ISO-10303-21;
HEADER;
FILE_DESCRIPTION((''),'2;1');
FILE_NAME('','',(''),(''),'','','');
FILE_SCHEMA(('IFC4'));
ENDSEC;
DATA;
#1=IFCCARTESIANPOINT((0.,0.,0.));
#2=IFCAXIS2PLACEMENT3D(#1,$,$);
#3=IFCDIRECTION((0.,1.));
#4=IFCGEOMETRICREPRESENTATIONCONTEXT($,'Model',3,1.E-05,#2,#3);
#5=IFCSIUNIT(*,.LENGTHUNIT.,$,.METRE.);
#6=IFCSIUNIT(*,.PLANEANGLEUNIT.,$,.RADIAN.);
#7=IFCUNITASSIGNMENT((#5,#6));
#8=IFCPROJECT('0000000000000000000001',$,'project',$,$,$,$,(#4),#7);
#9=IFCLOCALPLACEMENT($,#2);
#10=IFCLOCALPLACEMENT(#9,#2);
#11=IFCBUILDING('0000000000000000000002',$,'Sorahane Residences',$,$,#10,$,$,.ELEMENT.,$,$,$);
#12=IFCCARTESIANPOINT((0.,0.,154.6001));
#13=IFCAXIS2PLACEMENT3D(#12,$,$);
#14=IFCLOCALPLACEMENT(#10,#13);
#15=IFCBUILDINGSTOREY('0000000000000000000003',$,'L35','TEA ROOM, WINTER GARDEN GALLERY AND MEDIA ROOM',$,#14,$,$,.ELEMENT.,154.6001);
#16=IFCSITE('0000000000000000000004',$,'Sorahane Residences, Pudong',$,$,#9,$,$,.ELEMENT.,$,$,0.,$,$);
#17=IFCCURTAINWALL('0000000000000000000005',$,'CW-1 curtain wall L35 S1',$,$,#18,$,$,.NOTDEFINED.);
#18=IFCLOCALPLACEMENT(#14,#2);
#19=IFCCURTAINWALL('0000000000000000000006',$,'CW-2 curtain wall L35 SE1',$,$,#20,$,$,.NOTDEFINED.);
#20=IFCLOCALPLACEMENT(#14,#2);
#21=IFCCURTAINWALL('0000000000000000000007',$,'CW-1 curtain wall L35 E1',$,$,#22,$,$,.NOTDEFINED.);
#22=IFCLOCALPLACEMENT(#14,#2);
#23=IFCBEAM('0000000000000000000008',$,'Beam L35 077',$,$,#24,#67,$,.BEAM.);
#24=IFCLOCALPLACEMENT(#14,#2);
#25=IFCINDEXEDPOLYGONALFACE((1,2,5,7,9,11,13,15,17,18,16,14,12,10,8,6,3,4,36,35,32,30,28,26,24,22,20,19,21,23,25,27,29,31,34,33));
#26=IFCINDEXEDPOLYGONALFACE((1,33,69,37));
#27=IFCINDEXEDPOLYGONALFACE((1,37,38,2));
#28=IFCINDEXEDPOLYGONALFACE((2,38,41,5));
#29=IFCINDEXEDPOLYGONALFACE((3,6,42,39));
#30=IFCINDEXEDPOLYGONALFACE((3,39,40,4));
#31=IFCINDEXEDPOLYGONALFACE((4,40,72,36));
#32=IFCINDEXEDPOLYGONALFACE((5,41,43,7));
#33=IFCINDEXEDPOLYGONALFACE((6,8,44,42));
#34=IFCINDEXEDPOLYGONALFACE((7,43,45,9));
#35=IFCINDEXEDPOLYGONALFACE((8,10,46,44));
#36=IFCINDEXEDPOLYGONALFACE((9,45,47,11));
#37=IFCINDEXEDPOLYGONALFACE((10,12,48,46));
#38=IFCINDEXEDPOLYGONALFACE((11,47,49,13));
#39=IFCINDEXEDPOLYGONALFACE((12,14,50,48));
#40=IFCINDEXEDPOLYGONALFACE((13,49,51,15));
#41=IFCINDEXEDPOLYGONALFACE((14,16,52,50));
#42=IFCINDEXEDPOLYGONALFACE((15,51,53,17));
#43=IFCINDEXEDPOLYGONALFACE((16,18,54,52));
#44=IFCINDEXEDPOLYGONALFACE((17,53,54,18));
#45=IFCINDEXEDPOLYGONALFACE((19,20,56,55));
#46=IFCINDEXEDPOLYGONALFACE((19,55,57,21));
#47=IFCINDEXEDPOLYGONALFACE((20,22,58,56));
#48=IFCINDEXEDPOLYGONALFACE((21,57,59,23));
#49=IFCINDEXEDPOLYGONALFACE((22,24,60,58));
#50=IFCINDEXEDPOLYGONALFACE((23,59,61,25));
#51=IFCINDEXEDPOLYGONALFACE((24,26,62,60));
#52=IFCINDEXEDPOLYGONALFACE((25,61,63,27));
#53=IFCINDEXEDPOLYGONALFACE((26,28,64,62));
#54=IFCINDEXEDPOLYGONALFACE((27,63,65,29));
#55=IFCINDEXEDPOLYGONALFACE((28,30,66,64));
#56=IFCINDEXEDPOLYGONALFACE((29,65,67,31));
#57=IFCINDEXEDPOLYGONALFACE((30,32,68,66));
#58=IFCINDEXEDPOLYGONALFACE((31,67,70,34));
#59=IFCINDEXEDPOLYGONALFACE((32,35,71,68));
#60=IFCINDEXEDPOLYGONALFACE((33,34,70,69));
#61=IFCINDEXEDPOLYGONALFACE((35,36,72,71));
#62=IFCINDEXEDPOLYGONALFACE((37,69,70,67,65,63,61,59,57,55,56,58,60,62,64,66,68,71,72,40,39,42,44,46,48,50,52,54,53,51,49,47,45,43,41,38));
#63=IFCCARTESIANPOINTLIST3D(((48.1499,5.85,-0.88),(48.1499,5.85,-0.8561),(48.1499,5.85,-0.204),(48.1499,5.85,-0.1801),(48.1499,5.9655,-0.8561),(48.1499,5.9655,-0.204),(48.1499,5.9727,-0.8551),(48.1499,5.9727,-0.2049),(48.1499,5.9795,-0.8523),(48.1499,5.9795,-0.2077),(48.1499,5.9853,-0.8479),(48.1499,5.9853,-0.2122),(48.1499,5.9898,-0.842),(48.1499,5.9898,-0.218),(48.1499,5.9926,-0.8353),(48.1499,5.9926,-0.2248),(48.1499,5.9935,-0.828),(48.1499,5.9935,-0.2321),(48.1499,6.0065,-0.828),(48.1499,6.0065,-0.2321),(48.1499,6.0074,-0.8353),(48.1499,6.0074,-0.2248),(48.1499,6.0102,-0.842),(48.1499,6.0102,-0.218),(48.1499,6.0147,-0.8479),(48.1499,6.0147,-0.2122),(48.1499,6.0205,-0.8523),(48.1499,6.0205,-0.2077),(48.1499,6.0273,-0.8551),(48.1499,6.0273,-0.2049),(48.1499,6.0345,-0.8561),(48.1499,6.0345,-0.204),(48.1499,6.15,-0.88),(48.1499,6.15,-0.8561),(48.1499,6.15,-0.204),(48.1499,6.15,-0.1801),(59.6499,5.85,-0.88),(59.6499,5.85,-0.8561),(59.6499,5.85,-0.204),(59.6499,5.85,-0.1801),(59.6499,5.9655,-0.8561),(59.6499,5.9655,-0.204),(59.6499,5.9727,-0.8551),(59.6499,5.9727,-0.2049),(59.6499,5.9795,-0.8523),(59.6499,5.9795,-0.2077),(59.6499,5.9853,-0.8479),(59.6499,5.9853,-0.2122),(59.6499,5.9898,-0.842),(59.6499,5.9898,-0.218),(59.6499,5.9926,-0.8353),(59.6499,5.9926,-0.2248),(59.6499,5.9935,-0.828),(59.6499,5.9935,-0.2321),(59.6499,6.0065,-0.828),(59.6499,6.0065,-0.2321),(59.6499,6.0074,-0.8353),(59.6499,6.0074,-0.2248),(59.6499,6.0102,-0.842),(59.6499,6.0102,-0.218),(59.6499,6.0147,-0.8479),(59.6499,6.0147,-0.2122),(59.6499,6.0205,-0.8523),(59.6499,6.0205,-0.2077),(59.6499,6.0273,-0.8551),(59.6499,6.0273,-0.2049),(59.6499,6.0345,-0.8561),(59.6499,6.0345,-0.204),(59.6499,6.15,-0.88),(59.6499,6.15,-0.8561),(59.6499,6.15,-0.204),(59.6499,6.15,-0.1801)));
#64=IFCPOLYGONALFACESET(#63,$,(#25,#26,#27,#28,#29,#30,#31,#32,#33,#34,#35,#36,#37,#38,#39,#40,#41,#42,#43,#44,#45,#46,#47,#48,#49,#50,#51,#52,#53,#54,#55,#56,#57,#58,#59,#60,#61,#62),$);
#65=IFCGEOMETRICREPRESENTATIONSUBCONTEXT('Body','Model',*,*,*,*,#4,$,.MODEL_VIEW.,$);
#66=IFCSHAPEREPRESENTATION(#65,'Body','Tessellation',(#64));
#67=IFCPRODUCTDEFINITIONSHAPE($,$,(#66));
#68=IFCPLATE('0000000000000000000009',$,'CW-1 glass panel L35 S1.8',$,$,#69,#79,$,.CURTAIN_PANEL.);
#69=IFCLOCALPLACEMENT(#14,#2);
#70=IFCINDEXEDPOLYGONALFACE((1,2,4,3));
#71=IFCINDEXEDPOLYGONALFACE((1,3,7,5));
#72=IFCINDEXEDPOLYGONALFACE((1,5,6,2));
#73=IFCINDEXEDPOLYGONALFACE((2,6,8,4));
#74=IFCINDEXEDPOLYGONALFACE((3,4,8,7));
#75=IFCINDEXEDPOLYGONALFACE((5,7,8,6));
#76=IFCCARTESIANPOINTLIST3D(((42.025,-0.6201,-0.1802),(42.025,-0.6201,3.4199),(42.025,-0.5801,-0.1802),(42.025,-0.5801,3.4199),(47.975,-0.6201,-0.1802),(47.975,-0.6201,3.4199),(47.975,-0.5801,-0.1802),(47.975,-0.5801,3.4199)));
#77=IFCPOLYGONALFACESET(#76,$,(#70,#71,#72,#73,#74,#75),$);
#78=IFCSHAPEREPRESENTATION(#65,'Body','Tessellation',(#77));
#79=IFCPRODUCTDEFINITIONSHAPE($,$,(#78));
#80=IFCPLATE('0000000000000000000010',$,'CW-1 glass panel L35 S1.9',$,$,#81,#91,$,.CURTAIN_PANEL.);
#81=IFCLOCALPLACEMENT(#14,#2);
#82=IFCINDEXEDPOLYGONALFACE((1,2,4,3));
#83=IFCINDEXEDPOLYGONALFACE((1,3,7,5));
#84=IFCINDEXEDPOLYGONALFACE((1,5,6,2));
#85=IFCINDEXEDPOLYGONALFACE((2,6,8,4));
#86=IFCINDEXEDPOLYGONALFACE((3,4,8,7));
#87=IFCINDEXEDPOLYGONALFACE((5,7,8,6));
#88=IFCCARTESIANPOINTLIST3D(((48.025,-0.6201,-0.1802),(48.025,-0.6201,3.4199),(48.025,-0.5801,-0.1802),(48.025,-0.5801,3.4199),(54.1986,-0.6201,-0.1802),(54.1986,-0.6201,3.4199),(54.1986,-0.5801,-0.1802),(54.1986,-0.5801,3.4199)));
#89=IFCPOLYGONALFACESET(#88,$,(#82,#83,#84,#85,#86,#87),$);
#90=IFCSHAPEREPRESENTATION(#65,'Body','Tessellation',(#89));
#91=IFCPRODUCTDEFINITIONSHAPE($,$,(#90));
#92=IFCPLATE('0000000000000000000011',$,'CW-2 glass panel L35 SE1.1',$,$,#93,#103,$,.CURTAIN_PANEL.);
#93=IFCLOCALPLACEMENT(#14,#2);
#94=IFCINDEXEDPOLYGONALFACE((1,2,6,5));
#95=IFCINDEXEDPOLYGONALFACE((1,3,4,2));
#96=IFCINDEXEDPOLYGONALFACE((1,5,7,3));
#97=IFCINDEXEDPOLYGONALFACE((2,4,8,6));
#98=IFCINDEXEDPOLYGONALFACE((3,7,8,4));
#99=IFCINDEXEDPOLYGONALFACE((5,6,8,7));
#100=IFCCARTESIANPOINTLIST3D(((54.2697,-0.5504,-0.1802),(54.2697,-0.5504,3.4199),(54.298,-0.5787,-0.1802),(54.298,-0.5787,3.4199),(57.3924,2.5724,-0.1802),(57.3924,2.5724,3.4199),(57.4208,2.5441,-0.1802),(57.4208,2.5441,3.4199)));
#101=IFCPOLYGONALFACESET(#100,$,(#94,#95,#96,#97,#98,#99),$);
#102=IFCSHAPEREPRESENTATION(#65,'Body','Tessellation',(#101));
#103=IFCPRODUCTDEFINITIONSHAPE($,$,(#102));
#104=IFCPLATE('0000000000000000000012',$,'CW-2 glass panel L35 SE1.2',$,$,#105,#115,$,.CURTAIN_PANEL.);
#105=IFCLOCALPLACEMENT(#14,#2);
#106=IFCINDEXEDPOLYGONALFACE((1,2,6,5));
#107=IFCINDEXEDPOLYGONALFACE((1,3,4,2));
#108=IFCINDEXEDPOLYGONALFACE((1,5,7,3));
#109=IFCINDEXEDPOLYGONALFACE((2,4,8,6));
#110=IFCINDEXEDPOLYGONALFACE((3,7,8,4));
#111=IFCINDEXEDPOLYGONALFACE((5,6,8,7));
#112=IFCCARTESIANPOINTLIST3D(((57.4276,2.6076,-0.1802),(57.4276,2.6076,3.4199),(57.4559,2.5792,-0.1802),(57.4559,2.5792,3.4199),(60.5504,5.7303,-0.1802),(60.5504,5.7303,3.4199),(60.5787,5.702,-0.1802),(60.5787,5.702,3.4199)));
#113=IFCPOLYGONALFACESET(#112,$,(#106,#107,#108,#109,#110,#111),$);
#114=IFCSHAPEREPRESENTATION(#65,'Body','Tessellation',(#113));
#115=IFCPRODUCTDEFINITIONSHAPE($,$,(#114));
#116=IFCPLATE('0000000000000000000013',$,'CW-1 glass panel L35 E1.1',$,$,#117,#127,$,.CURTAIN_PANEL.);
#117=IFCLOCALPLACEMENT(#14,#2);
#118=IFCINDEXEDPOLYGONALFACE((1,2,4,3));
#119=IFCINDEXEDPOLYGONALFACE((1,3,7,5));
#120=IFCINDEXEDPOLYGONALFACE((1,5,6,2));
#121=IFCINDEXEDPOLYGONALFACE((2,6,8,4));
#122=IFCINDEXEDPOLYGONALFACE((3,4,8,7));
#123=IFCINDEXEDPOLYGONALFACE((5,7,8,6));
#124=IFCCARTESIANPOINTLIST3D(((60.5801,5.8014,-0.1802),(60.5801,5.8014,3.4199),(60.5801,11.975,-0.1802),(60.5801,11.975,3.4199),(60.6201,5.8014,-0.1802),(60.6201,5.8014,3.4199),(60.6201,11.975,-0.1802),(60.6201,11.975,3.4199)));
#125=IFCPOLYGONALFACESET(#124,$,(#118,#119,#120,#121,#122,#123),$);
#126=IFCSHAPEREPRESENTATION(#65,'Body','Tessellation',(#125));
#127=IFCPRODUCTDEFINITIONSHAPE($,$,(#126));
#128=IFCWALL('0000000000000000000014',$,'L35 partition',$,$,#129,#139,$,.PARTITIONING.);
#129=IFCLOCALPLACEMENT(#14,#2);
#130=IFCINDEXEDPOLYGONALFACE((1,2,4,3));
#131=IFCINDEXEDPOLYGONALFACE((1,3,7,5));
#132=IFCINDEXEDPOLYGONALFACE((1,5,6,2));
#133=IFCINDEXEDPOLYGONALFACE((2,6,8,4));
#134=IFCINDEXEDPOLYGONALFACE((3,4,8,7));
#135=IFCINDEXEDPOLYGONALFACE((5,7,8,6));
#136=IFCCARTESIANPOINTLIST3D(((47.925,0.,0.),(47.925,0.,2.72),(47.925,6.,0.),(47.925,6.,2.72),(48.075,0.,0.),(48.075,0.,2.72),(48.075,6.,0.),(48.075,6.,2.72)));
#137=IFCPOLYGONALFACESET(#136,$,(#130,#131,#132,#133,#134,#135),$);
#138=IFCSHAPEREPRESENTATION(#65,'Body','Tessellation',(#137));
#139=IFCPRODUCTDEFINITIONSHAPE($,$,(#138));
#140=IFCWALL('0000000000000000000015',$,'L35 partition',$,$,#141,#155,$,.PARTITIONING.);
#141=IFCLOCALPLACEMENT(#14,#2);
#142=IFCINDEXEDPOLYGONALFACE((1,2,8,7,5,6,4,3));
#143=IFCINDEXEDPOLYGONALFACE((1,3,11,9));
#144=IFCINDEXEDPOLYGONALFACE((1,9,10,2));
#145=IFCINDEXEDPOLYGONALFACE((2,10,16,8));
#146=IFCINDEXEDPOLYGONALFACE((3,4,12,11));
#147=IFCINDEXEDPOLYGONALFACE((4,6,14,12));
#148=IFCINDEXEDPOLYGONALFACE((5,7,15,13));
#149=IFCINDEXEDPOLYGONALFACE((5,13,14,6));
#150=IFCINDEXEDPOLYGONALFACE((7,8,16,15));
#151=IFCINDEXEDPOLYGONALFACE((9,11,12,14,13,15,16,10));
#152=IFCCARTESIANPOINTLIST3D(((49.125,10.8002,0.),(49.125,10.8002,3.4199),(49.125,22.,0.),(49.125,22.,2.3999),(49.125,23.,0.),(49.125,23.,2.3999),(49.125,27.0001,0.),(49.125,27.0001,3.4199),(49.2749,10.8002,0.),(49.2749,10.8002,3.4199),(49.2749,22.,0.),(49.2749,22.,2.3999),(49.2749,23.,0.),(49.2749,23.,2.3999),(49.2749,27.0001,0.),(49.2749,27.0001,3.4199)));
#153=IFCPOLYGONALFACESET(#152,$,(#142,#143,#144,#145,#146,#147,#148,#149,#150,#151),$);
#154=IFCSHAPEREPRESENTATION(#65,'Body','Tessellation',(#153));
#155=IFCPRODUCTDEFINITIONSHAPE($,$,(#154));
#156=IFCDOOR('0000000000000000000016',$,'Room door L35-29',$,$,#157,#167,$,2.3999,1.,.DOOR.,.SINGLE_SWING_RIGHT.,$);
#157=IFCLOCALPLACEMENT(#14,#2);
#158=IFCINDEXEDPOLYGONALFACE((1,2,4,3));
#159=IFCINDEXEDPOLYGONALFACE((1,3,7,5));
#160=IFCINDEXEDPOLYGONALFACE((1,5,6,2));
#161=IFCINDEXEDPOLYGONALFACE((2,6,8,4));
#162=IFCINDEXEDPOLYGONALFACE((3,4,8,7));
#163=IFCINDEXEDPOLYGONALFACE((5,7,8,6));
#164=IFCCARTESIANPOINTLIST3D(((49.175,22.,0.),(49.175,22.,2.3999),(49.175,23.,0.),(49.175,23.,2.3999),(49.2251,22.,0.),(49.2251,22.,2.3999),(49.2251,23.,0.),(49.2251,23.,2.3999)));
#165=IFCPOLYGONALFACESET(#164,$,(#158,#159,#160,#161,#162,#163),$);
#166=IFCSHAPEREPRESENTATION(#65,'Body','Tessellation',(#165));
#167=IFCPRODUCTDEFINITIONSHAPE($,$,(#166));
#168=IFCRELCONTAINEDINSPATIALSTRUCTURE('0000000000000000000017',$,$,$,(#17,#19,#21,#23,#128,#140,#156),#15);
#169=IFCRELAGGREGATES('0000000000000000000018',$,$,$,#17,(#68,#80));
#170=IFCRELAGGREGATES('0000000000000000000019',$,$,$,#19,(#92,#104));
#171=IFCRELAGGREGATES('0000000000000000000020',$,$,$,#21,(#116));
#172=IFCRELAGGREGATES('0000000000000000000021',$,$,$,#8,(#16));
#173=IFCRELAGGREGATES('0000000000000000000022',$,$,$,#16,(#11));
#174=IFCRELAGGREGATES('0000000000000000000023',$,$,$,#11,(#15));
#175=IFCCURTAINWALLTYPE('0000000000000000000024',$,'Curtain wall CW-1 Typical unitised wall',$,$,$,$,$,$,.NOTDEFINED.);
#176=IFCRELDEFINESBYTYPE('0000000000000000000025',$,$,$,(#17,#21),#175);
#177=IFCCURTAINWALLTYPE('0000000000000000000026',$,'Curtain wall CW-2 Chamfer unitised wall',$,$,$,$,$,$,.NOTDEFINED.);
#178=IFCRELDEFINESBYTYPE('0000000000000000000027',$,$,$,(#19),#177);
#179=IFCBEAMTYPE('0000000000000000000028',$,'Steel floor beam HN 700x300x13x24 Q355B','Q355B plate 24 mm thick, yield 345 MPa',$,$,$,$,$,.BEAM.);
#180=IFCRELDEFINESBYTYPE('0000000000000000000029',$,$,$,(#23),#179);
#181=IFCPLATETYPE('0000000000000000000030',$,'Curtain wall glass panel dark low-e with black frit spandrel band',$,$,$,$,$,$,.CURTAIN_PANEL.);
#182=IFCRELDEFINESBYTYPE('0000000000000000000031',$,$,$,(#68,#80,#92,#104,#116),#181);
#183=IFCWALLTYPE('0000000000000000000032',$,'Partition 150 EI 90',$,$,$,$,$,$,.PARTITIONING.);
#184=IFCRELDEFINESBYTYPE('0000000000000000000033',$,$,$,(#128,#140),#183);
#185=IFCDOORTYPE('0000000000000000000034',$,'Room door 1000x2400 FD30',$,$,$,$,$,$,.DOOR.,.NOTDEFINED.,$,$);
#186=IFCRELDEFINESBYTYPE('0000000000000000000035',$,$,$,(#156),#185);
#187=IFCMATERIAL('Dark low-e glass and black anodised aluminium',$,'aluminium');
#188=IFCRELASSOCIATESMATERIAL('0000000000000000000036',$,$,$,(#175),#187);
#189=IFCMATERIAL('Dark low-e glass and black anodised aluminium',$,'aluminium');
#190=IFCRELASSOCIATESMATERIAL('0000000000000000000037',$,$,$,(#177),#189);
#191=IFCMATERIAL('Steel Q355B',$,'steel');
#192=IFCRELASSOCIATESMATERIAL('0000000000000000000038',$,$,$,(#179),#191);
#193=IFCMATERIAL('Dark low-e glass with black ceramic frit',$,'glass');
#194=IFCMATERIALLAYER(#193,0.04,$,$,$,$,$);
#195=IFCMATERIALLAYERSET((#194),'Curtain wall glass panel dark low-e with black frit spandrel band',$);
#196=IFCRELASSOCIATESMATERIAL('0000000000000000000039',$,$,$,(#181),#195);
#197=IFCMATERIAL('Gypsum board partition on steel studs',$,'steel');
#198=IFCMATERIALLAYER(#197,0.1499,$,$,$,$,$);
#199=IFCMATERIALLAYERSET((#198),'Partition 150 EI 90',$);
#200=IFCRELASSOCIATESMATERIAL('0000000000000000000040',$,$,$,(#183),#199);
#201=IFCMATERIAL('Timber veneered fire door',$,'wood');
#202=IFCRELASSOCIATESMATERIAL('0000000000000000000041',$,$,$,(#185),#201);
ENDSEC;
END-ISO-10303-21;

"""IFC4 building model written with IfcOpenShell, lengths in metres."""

from ifc_helpers import new_model, si_unit, direction, frame, frame_2d, origin, origin_2d, place, context, subcontext, project, spatial, rectangle, i_section, extrude, material, layer, layer_set, material_profile, profile_set, type_object, element, fill, aggregate, save


model = new_model("IFC4")

# Units and contexts
model_context = context("Model", 3, precision=1e-05, world=origin(), true_north=direction((0.0, 1.0)))
body_context = subcontext(model_context, "Body", "Model", "MODEL_VIEW")
ifc_project = project(units=[si_unit("LENGTHUNIT", "METRE"), si_unit("PLANEANGLEUNIT", "RADIAN")], contexts=[model_context])

# Site, building, storey
site_placement = place(None, origin())
site = spatial("IfcSite", under=ifc_project, at=site_placement, Name="Sorahane Residences, Pudong", CompositionType="ELEMENT", RefElevation=0.0)
building_placement = place(site_placement, origin())
building = spatial("IfcBuilding", under=site, at=building_placement, Name="Sorahane Residences", CompositionType="ELEMENT")
storey_placement = place(building_placement, frame((0.0, 0.0, 154.6001)))
storey = spatial("IfcBuildingStorey", under=building, at=storey_placement, Name="L35", Description="TEA ROOM, WINTER GARDEN GALLERY AND MEDIA ROOM", CompositionType="ELEMENT", Elevation=154.6001)

# Curtain walls
ifc_material_1 = material(Name="Dark low-e glass and black anodised aluminium", Category="aluminium")
curtain_wall_type_1 = type_object("IfcCurtainWallType", Name="Curtain wall CW-1 Typical unitised wall", PredefinedType="NOTDEFINED", material=ifc_material_1)
curtain_wall_1_placement = place(storey_placement, origin())
curtain_wall_1 = element("IfcCurtainWall", 1, at=curtain_wall_1_placement, inside=storey, type_object=curtain_wall_type_1, Name="CW-1 curtain wall L35 S1", PredefinedType="NOTDEFINED")
ifc_material_2 = material(Name="Dark low-e glass and black anodised aluminium", Category="aluminium")
curtain_wall_type_2 = type_object("IfcCurtainWallType", Name="Curtain wall CW-2 Chamfer unitised wall", PredefinedType="NOTDEFINED", material=ifc_material_2)
curtain_wall_2_placement = place(storey_placement, origin())
curtain_wall_2 = element("IfcCurtainWall", 2, at=curtain_wall_2_placement, inside=storey, type_object=curtain_wall_type_2, Name="CW-2 curtain wall L35 SE1", PredefinedType="NOTDEFINED")

# Curtain wall
curtain_wall_3_placement = place(storey_placement, origin())
curtain_wall_3 = element("IfcCurtainWall", 3, at=curtain_wall_3_placement, inside=storey, type_object=curtain_wall_type_1, Name="CW-1 curtain wall L35 E1", PredefinedType="NOTDEFINED")

# Beam
ifc_material_3 = material(Name="Steel Q355B", Category="steel")
ifc_material_profile_1 = material_profile(ifc_material_3, i_section(OverallWidth=0.3, OverallDepth=0.7, WebThickness=0.0129, FlangeThickness=0.0239, FilletRadius=0.0281, at=origin_2d()), Name="HN 700x300x13x24")
ifc_profile_set_1 = profile_set([ifc_material_profile_1], Name="Steel Q355B")
beam_type_1 = type_object("IfcBeamType", Name="Steel floor beam HN 700x300x13x24 Q355B", Description="Q355B plate 24 mm thick, yield 345 MPa", PredefinedType="BEAM", material=ifc_profile_set_1)
beam_placement = place(storey_placement, frame((48.1499, 6.0, -0.53), z_axis=(1.0, 0.0, 0.0), x_axis=(0.0, 1.0, 0.0)))
element("IfcBeam", 4, at=beam_placement, inside=storey, type_object=beam_type_1, Name="Beam L35 077", PredefinedType="BEAM", context=body_context, shape_type="SweptSolid", body=[
    extrude(i_section(OverallWidth=0.3, OverallDepth=0.7, WebThickness=0.0129, FlangeThickness=0.0239, FilletRadius=0.0281, at=origin_2d()), origin(), (0.0, 0.0, 1.0), 11.5),
])

# Plates
ifc_material_4 = material(Name="Dark low-e glass with black ceramic frit", Category="glass")
ifc_layer_1 = layer(ifc_material_4, 0.04)
ifc_layer_set_1 = layer_set([ifc_layer_1], Name="Curtain wall glass panel dark low-e with black frit spandrel band")
plate_type = type_object("IfcPlateType", Name="Curtain wall glass panel dark low-e with black frit spandrel band", PredefinedType="CURTAIN_PANEL", material=ifc_layer_set_1)
plate_1_placement = place(storey_placement, frame((45.0, -0.6001, -0.1802), z_axis=(0.0, 0.0, 1.0), x_axis=(1.0, 0.0, 0.0)))
plate_1 = element("IfcPlate", 5, at=plate_1_placement, type_object=plate_type, Name="CW-1 glass panel L35 S1.8", PredefinedType="CURTAIN_PANEL", context=body_context, shape_type="SweptSolid", body=[
    extrude(rectangle(XDim=5.95, YDim=0.04, at=origin_2d()), origin(), (0.0, 0.0, 1.0), 3.6001),
])
plate_2_placement = place(storey_placement, frame((51.1118, -0.6001, -0.1802), z_axis=(0.0, 0.0, 1.0), x_axis=(1.0, 0.0, 0.0)))
plate_2 = element("IfcPlate", 6, at=plate_2_placement, type_object=plate_type, Name="CW-1 glass panel L35 S1.9", PredefinedType="CURTAIN_PANEL", context=body_context, shape_type="SweptSolid", body=[
    extrude(rectangle(XDim=6.1736, YDim=0.04, at=origin_2d()), origin(), (0.0, 0.0, 1.0), 3.6001),
])
aggregate(curtain_wall_1, [plate_1, plate_2])
plate_3_placement = place(storey_placement, frame((55.8452, 0.9968, -0.1802), z_axis=(0.0, 0.0, 1.0), x_axis=(0.707107, 0.707107, 0.0)))
plate_3 = element("IfcPlate", 7, at=plate_3_placement, type_object=plate_type, Name="CW-2 glass panel L35 SE1.1", PredefinedType="CURTAIN_PANEL", context=body_context, shape_type="SweptSolid", body=[
    extrude(rectangle(XDim=4.4163, YDim=0.04, at=origin_2d()), origin(), (0.0, 0.0, 1.0), 3.6001),
])
plate_4_placement = place(storey_placement, frame((59.0032, 4.1548, -0.1802), z_axis=(0.0, 0.0, 1.0), x_axis=(0.707107, 0.707107, 0.0)))
plate_4 = element("IfcPlate", 8, at=plate_4_placement, type_object=plate_type, Name="CW-2 glass panel L35 SE1.2", PredefinedType="CURTAIN_PANEL", context=body_context, shape_type="SweptSolid", body=[
    extrude(rectangle(XDim=4.4163, YDim=0.04, at=origin_2d()), origin(), (0.0, 0.0, 1.0), 3.6001),
])
aggregate(curtain_wall_2, [plate_3, plate_4])
plate_5_placement = place(storey_placement, frame((60.6001, 8.8882, -0.1802), z_axis=(0.0, 0.0, 1.0), x_axis=(0.0, 1.0, 0.0)))
plate_5 = element("IfcPlate", 9, at=plate_5_placement, type_object=plate_type, Name="CW-1 glass panel L35 E1.1", PredefinedType="CURTAIN_PANEL", context=body_context, shape_type="SweptSolid", body=[
    extrude(rectangle(XDim=6.1736, YDim=0.04, at=origin_2d()), origin(), (0.0, 0.0, 1.0), 3.6001),
])
aggregate(curtain_wall_3, [plate_5])

# Wall
ifc_material_5 = material(Name="Gypsum board partition on steel studs", Category="steel")
ifc_layer_2 = layer(ifc_material_5, 0.1499)
ifc_layer_set_2 = layer_set([ifc_layer_2], Name="Partition 150 EI 90")
wall_type_1 = type_object("IfcWallType", Name="Partition 150 EI 90", PredefinedType="PARTITIONING", material=ifc_layer_set_2)
wall_1_placement = place(storey_placement, frame((48.0, 0.0, 0.0), z_axis=(0.0, 0.0, 1.0), x_axis=(0.0, 1.0, 0.0)))
element("IfcWall", 10, at=wall_1_placement, inside=storey, type_object=wall_type_1, Name="L35 partition", PredefinedType="PARTITIONING", context=body_context, shape_type="SweptSolid", body=[
    extrude(rectangle(XDim=6.0, YDim=0.1499, at=frame_2d((3.0, 0.0))), origin(), (0.0, 0.0, 1.0), 2.72),
])

# Wall, opening, door
wall_2_placement = place(storey_placement, frame((49.2, 10.8, 0.0), z_axis=(0.0, 0.0, 1.0), x_axis=(0.0, 1.0, 0.0)))
wall_2 = element("IfcWall", 11, at=wall_2_placement, inside=storey, type_object=wall_type_1, Name="L35 partition", PredefinedType="PARTITIONING", context=body_context, shape_type="SweptSolid", body=[
    extrude(rectangle(XDim=16.2, YDim=0.1499, at=frame_2d((8.1001, 0.0))), origin(), (0.0, 0.0, 1.0), 3.4199),
])
opening_1_placement = place(wall_2_placement, frame((11.2, 0.0, 0.0)))
opening_1 = element("IfcOpeningElement", 12, at=opening_1_placement, cuts=wall_2, PredefinedType="OPENING", context=body_context, shape_type="SweptSolid", body=[
    extrude(rectangle(XDim=1.0, YDim=2.3999, at=frame_2d((0.5, 1.2))), frame((0.0, 0.085, 0.0), z_axis=(0.0, -1.0, 0.0), x_axis=(1.0, 0.0, 0.0)), (0.0, 0.0, 1.0), 0.1699),
])
ifc_material_6 = material(Name="Timber veneered fire door", Category="wood")
door_type_1 = type_object("IfcDoorType", Name="Room door 1000x2400 FD30", OperationType="NOTDEFINED", PredefinedType="DOOR", material=ifc_material_6)
door_1_placement = place(opening_1_placement, origin())
door_1 = element("IfcDoor", 13, at=door_1_placement, inside=storey, type_object=door_type_1, Name="Room door L35-29", OperationType="SINGLE_SWING_RIGHT", OverallHeight=2.3999, OverallWidth=1.0, PredefinedType="DOOR", context=body_context, shape_type="SweptSolid", body=[
    extrude(rectangle(XDim=1.0, YDim=2.3999, at=frame_2d((0.5, 1.2))), frame((0.0, 0.0249, 0.0), z_axis=(0.0, -1.0, 0.0), x_axis=(1.0, 0.0, 0.0)), (0.0, 0.0, 1.0), 0.05),
])
fill(opening_1, door_1)

save(model, "model.ifc")
